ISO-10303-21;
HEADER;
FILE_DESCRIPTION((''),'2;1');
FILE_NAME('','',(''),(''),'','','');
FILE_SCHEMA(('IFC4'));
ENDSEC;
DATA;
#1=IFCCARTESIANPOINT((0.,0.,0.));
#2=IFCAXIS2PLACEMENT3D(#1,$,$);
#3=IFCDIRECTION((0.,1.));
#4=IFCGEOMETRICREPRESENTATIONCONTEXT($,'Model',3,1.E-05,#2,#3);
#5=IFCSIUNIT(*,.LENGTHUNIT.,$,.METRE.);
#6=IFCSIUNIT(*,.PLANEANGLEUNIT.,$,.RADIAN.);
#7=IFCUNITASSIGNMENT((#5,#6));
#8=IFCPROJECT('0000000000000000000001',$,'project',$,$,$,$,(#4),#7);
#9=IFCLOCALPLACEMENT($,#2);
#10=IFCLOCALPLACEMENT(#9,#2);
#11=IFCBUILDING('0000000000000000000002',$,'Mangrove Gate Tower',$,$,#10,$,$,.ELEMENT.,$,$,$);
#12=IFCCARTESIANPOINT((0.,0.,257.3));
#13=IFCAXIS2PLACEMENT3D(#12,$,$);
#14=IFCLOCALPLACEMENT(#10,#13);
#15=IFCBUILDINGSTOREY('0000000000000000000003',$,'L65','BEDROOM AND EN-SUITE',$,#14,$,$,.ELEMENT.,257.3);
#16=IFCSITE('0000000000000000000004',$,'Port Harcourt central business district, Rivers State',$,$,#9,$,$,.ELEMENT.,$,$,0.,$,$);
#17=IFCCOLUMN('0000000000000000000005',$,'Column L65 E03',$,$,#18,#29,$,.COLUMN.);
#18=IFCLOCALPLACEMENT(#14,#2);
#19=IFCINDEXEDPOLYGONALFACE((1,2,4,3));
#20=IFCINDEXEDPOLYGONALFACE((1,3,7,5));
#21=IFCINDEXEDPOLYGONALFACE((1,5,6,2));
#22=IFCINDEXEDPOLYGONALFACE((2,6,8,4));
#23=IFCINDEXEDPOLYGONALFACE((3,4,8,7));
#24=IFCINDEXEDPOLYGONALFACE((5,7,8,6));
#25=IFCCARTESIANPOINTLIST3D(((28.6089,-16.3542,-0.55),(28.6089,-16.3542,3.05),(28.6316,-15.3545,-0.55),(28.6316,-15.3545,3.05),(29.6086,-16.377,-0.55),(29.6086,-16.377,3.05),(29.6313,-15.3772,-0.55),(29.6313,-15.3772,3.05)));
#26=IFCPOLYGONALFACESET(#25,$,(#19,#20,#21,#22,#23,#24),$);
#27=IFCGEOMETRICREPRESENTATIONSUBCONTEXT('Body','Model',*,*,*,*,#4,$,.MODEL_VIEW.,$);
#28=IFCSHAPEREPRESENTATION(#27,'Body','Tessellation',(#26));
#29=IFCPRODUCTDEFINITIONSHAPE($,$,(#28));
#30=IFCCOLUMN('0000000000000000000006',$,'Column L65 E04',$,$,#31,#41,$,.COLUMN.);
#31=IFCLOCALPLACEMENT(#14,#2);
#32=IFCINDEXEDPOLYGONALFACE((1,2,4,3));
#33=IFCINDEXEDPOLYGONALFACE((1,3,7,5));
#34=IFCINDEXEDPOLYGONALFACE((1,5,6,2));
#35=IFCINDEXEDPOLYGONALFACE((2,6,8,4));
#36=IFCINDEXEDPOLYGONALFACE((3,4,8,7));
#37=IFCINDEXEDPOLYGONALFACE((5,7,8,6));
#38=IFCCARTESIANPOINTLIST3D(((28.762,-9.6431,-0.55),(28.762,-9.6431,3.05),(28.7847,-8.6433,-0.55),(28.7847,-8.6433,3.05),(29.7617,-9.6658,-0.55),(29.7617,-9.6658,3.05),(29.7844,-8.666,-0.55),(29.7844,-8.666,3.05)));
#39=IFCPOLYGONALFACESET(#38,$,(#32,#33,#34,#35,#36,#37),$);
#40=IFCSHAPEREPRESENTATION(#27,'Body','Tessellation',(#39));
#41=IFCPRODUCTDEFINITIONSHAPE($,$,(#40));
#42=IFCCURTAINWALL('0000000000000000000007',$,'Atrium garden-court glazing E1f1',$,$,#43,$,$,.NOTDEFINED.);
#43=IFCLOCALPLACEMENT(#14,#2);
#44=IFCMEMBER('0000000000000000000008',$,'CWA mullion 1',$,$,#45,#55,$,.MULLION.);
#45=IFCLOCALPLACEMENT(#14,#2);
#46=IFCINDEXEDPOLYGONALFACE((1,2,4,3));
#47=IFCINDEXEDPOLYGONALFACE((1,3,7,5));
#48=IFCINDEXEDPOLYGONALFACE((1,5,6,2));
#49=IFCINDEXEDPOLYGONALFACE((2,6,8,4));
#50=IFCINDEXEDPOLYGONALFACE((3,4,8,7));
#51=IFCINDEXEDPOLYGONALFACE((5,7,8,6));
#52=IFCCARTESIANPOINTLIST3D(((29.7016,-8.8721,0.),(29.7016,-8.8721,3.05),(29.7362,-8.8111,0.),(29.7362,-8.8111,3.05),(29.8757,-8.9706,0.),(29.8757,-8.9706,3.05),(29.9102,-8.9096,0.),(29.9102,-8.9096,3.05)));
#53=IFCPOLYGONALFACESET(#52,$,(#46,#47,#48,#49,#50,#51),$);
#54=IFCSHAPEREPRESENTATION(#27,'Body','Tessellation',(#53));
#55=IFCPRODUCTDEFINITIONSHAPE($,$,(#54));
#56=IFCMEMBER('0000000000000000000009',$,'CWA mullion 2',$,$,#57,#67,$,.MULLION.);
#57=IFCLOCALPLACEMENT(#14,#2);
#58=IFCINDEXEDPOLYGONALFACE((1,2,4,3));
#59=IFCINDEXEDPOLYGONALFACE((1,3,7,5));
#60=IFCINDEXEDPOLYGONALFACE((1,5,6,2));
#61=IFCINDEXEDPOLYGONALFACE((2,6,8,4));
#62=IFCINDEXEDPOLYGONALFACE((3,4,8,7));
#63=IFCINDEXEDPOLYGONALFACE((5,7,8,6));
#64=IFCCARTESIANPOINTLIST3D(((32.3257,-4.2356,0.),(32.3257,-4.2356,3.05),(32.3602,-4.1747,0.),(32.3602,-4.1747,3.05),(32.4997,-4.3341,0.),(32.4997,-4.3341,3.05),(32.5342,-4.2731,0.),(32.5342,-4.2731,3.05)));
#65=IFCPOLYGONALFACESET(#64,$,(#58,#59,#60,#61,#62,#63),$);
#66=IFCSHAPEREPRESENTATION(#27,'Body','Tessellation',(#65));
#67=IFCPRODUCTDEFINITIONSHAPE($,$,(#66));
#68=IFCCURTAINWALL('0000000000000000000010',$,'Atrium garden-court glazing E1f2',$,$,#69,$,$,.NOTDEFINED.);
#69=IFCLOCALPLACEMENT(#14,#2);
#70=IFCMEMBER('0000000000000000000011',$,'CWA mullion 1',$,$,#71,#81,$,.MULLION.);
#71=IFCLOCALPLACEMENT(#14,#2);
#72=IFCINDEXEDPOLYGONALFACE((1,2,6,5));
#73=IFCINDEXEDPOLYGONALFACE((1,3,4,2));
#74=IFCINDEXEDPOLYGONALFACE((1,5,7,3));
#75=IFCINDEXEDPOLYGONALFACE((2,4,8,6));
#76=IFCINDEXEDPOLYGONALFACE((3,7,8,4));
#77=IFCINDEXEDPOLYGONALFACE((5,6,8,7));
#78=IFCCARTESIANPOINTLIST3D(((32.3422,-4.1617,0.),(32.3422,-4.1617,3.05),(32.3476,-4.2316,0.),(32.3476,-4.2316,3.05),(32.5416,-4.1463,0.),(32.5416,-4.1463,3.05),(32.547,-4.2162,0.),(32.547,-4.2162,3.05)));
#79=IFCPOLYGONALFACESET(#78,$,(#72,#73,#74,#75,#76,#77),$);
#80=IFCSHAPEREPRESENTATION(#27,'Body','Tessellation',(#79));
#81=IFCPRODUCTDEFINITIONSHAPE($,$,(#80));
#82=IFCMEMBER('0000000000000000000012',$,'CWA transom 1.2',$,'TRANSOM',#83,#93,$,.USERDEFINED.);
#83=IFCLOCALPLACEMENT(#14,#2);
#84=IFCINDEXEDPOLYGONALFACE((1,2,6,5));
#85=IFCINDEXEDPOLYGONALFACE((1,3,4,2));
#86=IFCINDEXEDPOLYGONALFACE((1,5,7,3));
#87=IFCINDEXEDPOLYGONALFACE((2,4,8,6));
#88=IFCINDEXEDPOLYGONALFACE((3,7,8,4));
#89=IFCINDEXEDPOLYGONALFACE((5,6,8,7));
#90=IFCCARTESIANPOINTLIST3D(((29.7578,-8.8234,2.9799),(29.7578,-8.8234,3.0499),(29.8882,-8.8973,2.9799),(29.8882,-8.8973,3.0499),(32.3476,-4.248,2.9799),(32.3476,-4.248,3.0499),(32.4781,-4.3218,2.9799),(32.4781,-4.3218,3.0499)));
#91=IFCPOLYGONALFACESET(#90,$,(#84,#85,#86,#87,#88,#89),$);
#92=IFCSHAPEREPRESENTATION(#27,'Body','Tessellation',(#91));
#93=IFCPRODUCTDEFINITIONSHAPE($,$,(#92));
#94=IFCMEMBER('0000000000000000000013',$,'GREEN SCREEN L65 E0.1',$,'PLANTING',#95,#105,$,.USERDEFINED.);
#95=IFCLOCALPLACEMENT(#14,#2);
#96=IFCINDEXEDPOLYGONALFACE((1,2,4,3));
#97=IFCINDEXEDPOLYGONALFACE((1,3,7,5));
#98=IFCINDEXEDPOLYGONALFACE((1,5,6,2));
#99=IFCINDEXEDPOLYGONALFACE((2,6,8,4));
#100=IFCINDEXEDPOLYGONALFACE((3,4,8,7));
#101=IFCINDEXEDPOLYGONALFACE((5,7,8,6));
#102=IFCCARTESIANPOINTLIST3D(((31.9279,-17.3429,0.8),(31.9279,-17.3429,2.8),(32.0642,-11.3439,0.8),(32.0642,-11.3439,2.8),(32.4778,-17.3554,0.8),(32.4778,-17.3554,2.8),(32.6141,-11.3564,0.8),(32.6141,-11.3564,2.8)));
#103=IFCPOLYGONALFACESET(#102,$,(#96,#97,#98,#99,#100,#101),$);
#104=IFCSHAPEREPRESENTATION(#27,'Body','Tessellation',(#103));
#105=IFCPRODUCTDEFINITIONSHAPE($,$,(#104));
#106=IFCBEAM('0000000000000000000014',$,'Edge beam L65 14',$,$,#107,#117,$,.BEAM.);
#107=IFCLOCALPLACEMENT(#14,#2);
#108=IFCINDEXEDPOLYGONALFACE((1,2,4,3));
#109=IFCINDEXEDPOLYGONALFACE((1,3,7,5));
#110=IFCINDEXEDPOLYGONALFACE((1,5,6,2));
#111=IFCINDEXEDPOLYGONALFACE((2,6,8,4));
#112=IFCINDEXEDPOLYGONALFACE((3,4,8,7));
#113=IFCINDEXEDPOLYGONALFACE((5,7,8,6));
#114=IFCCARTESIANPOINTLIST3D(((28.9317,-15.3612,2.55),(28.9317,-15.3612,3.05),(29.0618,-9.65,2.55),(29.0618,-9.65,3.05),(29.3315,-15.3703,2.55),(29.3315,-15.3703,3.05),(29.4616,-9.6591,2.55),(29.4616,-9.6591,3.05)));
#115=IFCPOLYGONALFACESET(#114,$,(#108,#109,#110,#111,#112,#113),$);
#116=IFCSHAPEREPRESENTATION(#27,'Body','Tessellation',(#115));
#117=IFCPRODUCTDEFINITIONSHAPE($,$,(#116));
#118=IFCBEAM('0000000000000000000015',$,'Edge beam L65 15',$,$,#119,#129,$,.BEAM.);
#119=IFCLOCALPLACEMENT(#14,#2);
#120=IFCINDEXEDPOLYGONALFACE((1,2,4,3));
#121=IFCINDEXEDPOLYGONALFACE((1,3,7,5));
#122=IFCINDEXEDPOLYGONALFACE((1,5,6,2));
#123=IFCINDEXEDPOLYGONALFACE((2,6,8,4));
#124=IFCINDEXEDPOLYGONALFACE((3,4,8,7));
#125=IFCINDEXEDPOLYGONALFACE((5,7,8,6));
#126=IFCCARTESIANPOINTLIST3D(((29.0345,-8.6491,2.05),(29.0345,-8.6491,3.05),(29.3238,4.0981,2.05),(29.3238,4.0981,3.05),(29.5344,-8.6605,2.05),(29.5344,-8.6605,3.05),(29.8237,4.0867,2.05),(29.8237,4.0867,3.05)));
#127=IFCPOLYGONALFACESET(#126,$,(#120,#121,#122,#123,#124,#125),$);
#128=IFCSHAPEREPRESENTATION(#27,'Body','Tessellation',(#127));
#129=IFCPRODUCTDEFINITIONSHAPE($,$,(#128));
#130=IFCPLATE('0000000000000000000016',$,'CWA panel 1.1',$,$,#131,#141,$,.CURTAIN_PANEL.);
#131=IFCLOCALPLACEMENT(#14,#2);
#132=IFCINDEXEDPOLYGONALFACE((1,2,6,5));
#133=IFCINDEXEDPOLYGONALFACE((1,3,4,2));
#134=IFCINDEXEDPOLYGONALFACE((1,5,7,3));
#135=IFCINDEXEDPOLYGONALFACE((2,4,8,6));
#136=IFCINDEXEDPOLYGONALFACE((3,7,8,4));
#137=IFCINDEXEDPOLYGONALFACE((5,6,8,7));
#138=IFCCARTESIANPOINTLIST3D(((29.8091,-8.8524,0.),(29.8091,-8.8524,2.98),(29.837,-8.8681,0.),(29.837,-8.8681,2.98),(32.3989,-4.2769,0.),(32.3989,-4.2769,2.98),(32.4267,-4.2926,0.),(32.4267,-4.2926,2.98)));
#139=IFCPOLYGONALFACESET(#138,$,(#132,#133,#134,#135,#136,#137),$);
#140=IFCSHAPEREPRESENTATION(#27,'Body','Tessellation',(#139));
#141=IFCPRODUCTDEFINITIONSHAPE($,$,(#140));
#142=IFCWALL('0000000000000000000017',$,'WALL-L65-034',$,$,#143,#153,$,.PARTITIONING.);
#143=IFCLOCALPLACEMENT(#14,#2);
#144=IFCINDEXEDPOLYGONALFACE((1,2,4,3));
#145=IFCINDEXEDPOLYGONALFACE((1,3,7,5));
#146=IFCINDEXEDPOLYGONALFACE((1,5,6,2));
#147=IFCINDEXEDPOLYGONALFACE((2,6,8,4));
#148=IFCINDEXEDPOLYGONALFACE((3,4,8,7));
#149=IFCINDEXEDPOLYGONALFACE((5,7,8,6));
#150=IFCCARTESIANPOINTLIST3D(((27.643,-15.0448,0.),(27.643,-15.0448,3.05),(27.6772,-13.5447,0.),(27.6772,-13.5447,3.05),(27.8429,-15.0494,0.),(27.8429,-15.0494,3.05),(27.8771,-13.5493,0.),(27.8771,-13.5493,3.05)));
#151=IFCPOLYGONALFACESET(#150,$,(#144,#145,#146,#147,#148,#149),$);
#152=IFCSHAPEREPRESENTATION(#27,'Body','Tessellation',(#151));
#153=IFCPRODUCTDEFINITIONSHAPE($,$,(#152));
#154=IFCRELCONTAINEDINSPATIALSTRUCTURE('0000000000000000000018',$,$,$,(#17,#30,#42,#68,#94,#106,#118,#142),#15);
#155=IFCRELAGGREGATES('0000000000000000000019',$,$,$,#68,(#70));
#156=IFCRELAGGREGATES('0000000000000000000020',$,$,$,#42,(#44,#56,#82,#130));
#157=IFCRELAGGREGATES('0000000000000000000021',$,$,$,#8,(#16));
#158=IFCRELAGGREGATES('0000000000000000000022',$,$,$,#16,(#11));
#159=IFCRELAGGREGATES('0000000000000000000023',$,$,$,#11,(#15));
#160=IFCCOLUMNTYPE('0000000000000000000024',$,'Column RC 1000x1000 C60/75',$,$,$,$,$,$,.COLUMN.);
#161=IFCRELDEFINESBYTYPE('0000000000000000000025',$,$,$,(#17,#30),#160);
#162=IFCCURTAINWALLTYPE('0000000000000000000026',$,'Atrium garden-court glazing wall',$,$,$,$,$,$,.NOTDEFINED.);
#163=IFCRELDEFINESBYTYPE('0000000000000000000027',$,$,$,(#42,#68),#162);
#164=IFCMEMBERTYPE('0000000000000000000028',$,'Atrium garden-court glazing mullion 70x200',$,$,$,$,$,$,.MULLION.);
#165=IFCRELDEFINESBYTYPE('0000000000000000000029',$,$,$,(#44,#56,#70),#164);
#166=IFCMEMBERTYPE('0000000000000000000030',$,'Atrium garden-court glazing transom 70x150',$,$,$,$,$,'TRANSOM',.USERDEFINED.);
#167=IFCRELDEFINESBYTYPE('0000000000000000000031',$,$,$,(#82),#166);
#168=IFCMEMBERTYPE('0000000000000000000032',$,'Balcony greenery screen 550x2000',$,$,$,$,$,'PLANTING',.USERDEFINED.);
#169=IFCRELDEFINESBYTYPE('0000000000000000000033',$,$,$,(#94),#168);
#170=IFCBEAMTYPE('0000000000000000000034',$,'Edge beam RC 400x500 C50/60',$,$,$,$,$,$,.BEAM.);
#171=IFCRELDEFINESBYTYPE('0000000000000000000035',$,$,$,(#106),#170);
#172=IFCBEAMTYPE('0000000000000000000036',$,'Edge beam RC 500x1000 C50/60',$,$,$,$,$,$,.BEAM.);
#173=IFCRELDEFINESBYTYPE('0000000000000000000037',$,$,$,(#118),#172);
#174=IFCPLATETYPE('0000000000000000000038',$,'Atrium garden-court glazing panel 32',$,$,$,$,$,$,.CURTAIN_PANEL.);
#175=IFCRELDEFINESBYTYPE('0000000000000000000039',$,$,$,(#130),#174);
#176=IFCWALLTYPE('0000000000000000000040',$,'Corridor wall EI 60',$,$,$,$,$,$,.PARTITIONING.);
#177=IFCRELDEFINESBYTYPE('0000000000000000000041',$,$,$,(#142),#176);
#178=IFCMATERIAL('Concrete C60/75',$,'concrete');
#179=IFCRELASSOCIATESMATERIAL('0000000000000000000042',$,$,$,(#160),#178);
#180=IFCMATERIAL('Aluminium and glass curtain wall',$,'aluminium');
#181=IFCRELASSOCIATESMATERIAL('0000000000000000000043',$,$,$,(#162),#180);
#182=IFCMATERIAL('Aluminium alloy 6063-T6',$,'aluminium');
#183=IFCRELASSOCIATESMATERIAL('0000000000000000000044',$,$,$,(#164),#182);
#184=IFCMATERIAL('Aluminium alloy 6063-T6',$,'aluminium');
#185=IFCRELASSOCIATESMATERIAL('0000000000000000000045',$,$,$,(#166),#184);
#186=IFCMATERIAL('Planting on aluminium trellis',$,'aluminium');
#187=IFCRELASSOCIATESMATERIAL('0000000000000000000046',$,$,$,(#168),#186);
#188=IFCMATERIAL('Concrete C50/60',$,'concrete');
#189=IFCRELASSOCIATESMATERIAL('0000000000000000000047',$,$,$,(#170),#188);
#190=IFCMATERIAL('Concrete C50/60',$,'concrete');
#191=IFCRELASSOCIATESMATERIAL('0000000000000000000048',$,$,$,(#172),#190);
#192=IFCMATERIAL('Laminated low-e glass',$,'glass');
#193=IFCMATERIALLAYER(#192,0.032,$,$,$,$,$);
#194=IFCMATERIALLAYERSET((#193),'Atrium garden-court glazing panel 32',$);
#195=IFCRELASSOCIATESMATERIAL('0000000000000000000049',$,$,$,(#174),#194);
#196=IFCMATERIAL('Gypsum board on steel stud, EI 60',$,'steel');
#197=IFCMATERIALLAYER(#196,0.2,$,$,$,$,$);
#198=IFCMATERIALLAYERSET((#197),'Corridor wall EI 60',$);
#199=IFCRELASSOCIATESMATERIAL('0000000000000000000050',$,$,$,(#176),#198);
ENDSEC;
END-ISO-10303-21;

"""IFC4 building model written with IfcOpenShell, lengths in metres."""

from ifc_helpers import new_model, si_unit, direction, frame, frame_2d, origin, origin_2d, place, context, subcontext, project, spatial, rectangle, extrude, material, layer, layer_set, material_profile, profile_set, type_object, element, aggregate, save


model = new_model("IFC4")

# Units and contexts
model_context = context("Model", 3, precision=1e-05, world=origin(), true_north=direction((0.0, 1.0)))
body_context = subcontext(model_context, "Body", "Model", "MODEL_VIEW")
ifc_project = project(units=[si_unit("LENGTHUNIT", "METRE"), si_unit("PLANEANGLEUNIT", "RADIAN")], contexts=[model_context])

# Site, building, storey
site_placement = place(None, origin())
site = spatial("IfcSite", under=ifc_project, at=site_placement, Name="Port Harcourt central business district, Rivers State", CompositionType="ELEMENT", RefElevation=0.0)
building_placement = place(site_placement, origin())
building = spatial("IfcBuilding", under=site, at=building_placement, Name="Mangrove Gate Tower", CompositionType="ELEMENT")
storey_placement = place(building_placement, frame((0.0, 0.0, 257.3)))
storey = spatial("IfcBuildingStorey", under=building, at=storey_placement, Name="L65", Description="BEDROOM AND EN-SUITE", CompositionType="ELEMENT", Elevation=257.3)

# Columns
ifc_material_1 = material(Name="Concrete C60/75", Category="concrete")
ifc_material_profile_1 = material_profile(ifc_material_1, rectangle(XDim=1.0, YDim=1.0, at=origin_2d()))
ifc_profile_set_1 = profile_set([ifc_material_profile_1], Name="Concrete C60/75")
column_type = type_object("IfcColumnType", Name="Column RC 1000x1000 C60/75", PredefinedType="COLUMN", material=ifc_profile_set_1)
for number, where, z_axis, x_axis, name in (
    (1, (29.1201, -15.8657, -0.55), (0.0, 0.0, 1.0), (0.022718, 0.999742, 0.0), "Column L65 E03"),
    (2, (29.2732, -9.1545, -0.55), (0.0, 0.0, 1.0), (0.022724, 0.999742, 0.0), "Column L65 E04"),
):
    element("IfcColumn", number, at=place(storey_placement, frame(where, z_axis=z_axis, x_axis=x_axis)), inside=storey, type_object=column_type, Name=name, PredefinedType="COLUMN", context=body_context, shape_type="SweptSolid", body=[
        extrude(rectangle(XDim=1.0, YDim=1.0, at=origin_2d()), origin(), (0.0, 0.0, 1.0), 3.6001),
    ])

# Curtain wall, members
ifc_material_2 = material(Name="Aluminium and glass curtain wall", Category="aluminium")
curtain_wall_type = type_object("IfcCurtainWallType", Name="Atrium garden-court glazing wall", PredefinedType="NOTDEFINED", material=ifc_material_2)
curtain_wall_1_placement = place(storey_placement, origin())
curtain_wall_1 = element("IfcCurtainWall", 3, at=curtain_wall_1_placement, inside=storey, type_object=curtain_wall_type, Name="Atrium garden-court glazing E1f1", PredefinedType="NOTDEFINED")
ifc_material_3 = material(Name="Aluminium alloy 6063-T6", Category="aluminium")
ifc_material_profile_2 = material_profile(ifc_material_3, rectangle(XDim=0.0701, YDim=0.2, at=origin_2d()))
ifc_profile_set_2 = profile_set([ifc_material_profile_2], Name="Aluminium alloy 6063-T6")
member_type_1 = type_object("IfcMemberType", Name="Atrium garden-court glazing mullion 70x200", PredefinedType="MULLION", material=ifc_profile_set_2)
member_1_placement = place(storey_placement, frame((29.8059, -8.8909, 0.0), z_axis=(0.0, 0.0, 1.0), x_axis=(0.492568, 0.870274, 0.0)))
member_1 = element("IfcMember", 4, at=member_1_placement, type_object=member_type_1, Name="CWA mullion 1", PredefinedType="MULLION", context=body_context, shape_type="SweptSolid", body=[
    extrude(rectangle(XDim=0.0701, YDim=0.2, at=origin_2d()), origin(), (0.0, 0.0, 1.0), 3.05),
])
member_2_placement = place(storey_placement, frame((32.4299, -4.2544, 0.0), z_axis=(0.0, 0.0, 1.0), x_axis=(0.492568, 0.870274, 0.0)))
member_2 = element("IfcMember", 5, at=member_2_placement, type_object=member_type_1, Name="CWA mullion 2", PredefinedType="MULLION", context=body_context, shape_type="SweptSolid", body=[
    extrude(rectangle(XDim=0.0701, YDim=0.2, at=origin_2d()), origin(), (0.0, 0.0, 1.0), 3.05),
])

# Curtain wall, member
curtain_wall_2_placement = place(storey_placement, origin())
curtain_wall_2 = element("IfcCurtainWall", 6, at=curtain_wall_2_placement, inside=storey, type_object=curtain_wall_type, Name="Atrium garden-court glazing E1f2", PredefinedType="NOTDEFINED")
member_3_placement = place(storey_placement, frame((32.4446, -4.189, 0.0), z_axis=(0.0, 0.0, 1.0), x_axis=(-0.077023, 0.997029, 0.0)))
member_3 = element("IfcMember", 7, at=member_3_placement, type_object=member_type_1, Name="CWA mullion 1", PredefinedType="MULLION", context=body_context, shape_type="SweptSolid", body=[
    extrude(rectangle(XDim=0.0701, YDim=0.2, at=origin_2d()), origin(), (0.0, 0.0, 1.0), 3.05),
])
aggregate(curtain_wall_2, [member_3])

# Members
ifc_material_4 = material(Name="Aluminium alloy 6063-T6", Category="aluminium")
ifc_material_profile_3 = material_profile(ifc_material_4, rectangle(XDim=0.0701, YDim=0.1499, at=origin_2d()))
ifc_profile_set_3 = profile_set([ifc_material_profile_3], Name="Aluminium alloy 6063-T6")
member_type_2 = type_object("IfcMemberType", Name="Atrium garden-court glazing transom 70x150", ElementType="TRANSOM", PredefinedType="USERDEFINED", material=ifc_profile_set_3)
member_4_placement = place(storey_placement, frame((29.823, -8.8604, 3.0149), z_axis=(0.492594, 0.870259, 0.0), x_axis=(0.0, 0.0, 1.0)))
member_4 = element("IfcMember", 8, at=member_4_placement, type_object=member_type_2, Name="CWA transom 1.2", ObjectType="TRANSOM", PredefinedType="USERDEFINED", context=body_context, shape_type="SweptSolid", body=[
    extrude(rectangle(XDim=0.0701, YDim=0.1499, at=origin_2d()), origin(), (0.0, 0.0, 1.0), 5.2576),
])
ifc_material_5 = material(Name="Planting on aluminium trellis", Category="aluminium")
ifc_material_profile_4 = material_profile(ifc_material_5, rectangle(XDim=0.55, YDim=2.0, at=origin_2d()))
ifc_profile_set_4 = profile_set([ifc_material_profile_4], Name="Planting on aluminium trellis")
member_type_3 = type_object("IfcMemberType", Name="Balcony greenery screen 550x2000", ElementType="PLANTING", PredefinedType="USERDEFINED", material=ifc_profile_set_4)
member_5_placement = place(storey_placement, frame((32.2029, -17.3491, 1.8), z_axis=(0.022703, 0.999742, 0.0), x_axis=(-0.999742, 0.022703, 0.0)))
element("IfcMember", 9, at=member_5_placement, inside=storey, type_object=member_type_3, Name="GREEN SCREEN L65 E0.1", ObjectType="PLANTING", PredefinedType="USERDEFINED", context=body_context, shape_type="SweptSolid", body=[
    extrude(rectangle(XDim=0.55, YDim=2.0, at=origin_2d()), origin(), (0.0, 0.0, 1.0), 6.0005),
])

# Beams
ifc_material_6 = material(Name="Concrete C50/60", Category="concrete")
ifc_material_profile_5 = material_profile(ifc_material_6, rectangle(XDim=0.3999, YDim=0.5, at=origin_2d()))
ifc_profile_set_5 = profile_set([ifc_material_profile_5], Name="Concrete C50/60")
beam_type_1 = type_object("IfcBeamType", Name="Edge beam RC 400x500 C50/60", PredefinedType="BEAM", material=ifc_profile_set_5)
beam_1_placement = place(storey_placement, frame((29.1316, -15.3657, 2.8), z_axis=(0.022779, 0.999741, 0.0), x_axis=(-0.999741, 0.022779, 0.0)))
element("IfcBeam", 10, at=beam_1_placement, inside=storey, type_object=beam_type_1, Name="Edge beam L65 14", PredefinedType="BEAM", context=body_context, shape_type="SweptSolid", body=[
    extrude(rectangle(XDim=0.3999, YDim=0.5, at=origin_2d()), origin(), (0.0, 0.0, 1.0), 5.7126),
])
ifc_material_7 = material(Name="Concrete C50/60", Category="concrete")
ifc_material_profile_6 = material_profile(ifc_material_7, rectangle(XDim=0.5, YDim=1.0, at=origin_2d()))
ifc_profile_set_6 = profile_set([ifc_material_profile_6], Name="Concrete C50/60")
beam_type_2 = type_object("IfcBeamType", Name="Edge beam RC 500x1000 C50/60", PredefinedType="BEAM", material=ifc_profile_set_6)
beam_2_placement = place(storey_placement, frame((29.2844, -8.6548, 2.55), z_axis=(0.02269, 0.999743, 0.0), x_axis=(-0.999743, 0.02269, 0.0)))
element("IfcBeam", 11, at=beam_2_placement, inside=storey, type_object=beam_type_2, Name="Edge beam L65 15", PredefinedType="BEAM", context=body_context, shape_type="SweptSolid", body=[
    extrude(rectangle(XDim=0.5, YDim=1.0, at=origin_2d()), origin(), (0.0, 0.0, 1.0), 12.7505),
])

# Plate
ifc_material_8 = material(Name="Laminated low-e glass", Category="glass")
ifc_layer_1 = layer(ifc_material_8, 0.032)
ifc_layer_set_1 = layer_set([ifc_layer_1], Name="Atrium garden-court glazing panel 32")
plate_type = type_object("IfcPlateType", Name="Atrium garden-court glazing panel 32", PredefinedType="CURTAIN_PANEL", material=ifc_layer_set_1)
plate_placement = place(storey_placement, frame((31.1179, -6.5725, 0.0), z_axis=(0.0, 0.0, 1.0), x_axis=(0.492568, 0.870274, 0.0)))
plate = element("IfcPlate", 12, at=plate_placement, type_object=plate_type, Name="CWA panel 1.1", PredefinedType="CURTAIN_PANEL", context=body_context, shape_type="SweptSolid", body=[
    extrude(rectangle(XDim=5.2576, YDim=0.032, at=origin_2d()), origin(), (0.0, 0.0, 1.0), 2.98),
])
aggregate(curtain_wall_1, [member_1, member_2, member_4, plate])

# Wall
ifc_material_9 = material(Name="Gypsum board on steel stud, EI 60", Category="steel")
ifc_layer_2 = layer(ifc_material_9, 0.2)
ifc_layer_set_2 = layer_set([ifc_layer_2], Name="Corridor wall EI 60")
wall_type_1 = type_object("IfcWallType", Name="Corridor wall EI 60", PredefinedType="PARTITIONING", material=ifc_layer_set_2)
wall_1_placement = place(storey_placement, frame((27.7429, -15.0471, 0.0), z_axis=(0.0, 0.0, 1.0), x_axis=(0.022781, 0.99974, 0.0)))
element("IfcWall", 13, at=wall_1_placement, inside=storey, type_object=wall_type_1, Name="WALL-L65-034", PredefinedType="PARTITIONING", context=body_context, shape_type="SweptSolid", body=[
    extrude(rectangle(XDim=1.5005, YDim=0.2, at=frame_2d((0.7502, 0.0))), origin(), (0.0, 0.0, 1.0), 3.05),
])

save(model, "model.ifc")
